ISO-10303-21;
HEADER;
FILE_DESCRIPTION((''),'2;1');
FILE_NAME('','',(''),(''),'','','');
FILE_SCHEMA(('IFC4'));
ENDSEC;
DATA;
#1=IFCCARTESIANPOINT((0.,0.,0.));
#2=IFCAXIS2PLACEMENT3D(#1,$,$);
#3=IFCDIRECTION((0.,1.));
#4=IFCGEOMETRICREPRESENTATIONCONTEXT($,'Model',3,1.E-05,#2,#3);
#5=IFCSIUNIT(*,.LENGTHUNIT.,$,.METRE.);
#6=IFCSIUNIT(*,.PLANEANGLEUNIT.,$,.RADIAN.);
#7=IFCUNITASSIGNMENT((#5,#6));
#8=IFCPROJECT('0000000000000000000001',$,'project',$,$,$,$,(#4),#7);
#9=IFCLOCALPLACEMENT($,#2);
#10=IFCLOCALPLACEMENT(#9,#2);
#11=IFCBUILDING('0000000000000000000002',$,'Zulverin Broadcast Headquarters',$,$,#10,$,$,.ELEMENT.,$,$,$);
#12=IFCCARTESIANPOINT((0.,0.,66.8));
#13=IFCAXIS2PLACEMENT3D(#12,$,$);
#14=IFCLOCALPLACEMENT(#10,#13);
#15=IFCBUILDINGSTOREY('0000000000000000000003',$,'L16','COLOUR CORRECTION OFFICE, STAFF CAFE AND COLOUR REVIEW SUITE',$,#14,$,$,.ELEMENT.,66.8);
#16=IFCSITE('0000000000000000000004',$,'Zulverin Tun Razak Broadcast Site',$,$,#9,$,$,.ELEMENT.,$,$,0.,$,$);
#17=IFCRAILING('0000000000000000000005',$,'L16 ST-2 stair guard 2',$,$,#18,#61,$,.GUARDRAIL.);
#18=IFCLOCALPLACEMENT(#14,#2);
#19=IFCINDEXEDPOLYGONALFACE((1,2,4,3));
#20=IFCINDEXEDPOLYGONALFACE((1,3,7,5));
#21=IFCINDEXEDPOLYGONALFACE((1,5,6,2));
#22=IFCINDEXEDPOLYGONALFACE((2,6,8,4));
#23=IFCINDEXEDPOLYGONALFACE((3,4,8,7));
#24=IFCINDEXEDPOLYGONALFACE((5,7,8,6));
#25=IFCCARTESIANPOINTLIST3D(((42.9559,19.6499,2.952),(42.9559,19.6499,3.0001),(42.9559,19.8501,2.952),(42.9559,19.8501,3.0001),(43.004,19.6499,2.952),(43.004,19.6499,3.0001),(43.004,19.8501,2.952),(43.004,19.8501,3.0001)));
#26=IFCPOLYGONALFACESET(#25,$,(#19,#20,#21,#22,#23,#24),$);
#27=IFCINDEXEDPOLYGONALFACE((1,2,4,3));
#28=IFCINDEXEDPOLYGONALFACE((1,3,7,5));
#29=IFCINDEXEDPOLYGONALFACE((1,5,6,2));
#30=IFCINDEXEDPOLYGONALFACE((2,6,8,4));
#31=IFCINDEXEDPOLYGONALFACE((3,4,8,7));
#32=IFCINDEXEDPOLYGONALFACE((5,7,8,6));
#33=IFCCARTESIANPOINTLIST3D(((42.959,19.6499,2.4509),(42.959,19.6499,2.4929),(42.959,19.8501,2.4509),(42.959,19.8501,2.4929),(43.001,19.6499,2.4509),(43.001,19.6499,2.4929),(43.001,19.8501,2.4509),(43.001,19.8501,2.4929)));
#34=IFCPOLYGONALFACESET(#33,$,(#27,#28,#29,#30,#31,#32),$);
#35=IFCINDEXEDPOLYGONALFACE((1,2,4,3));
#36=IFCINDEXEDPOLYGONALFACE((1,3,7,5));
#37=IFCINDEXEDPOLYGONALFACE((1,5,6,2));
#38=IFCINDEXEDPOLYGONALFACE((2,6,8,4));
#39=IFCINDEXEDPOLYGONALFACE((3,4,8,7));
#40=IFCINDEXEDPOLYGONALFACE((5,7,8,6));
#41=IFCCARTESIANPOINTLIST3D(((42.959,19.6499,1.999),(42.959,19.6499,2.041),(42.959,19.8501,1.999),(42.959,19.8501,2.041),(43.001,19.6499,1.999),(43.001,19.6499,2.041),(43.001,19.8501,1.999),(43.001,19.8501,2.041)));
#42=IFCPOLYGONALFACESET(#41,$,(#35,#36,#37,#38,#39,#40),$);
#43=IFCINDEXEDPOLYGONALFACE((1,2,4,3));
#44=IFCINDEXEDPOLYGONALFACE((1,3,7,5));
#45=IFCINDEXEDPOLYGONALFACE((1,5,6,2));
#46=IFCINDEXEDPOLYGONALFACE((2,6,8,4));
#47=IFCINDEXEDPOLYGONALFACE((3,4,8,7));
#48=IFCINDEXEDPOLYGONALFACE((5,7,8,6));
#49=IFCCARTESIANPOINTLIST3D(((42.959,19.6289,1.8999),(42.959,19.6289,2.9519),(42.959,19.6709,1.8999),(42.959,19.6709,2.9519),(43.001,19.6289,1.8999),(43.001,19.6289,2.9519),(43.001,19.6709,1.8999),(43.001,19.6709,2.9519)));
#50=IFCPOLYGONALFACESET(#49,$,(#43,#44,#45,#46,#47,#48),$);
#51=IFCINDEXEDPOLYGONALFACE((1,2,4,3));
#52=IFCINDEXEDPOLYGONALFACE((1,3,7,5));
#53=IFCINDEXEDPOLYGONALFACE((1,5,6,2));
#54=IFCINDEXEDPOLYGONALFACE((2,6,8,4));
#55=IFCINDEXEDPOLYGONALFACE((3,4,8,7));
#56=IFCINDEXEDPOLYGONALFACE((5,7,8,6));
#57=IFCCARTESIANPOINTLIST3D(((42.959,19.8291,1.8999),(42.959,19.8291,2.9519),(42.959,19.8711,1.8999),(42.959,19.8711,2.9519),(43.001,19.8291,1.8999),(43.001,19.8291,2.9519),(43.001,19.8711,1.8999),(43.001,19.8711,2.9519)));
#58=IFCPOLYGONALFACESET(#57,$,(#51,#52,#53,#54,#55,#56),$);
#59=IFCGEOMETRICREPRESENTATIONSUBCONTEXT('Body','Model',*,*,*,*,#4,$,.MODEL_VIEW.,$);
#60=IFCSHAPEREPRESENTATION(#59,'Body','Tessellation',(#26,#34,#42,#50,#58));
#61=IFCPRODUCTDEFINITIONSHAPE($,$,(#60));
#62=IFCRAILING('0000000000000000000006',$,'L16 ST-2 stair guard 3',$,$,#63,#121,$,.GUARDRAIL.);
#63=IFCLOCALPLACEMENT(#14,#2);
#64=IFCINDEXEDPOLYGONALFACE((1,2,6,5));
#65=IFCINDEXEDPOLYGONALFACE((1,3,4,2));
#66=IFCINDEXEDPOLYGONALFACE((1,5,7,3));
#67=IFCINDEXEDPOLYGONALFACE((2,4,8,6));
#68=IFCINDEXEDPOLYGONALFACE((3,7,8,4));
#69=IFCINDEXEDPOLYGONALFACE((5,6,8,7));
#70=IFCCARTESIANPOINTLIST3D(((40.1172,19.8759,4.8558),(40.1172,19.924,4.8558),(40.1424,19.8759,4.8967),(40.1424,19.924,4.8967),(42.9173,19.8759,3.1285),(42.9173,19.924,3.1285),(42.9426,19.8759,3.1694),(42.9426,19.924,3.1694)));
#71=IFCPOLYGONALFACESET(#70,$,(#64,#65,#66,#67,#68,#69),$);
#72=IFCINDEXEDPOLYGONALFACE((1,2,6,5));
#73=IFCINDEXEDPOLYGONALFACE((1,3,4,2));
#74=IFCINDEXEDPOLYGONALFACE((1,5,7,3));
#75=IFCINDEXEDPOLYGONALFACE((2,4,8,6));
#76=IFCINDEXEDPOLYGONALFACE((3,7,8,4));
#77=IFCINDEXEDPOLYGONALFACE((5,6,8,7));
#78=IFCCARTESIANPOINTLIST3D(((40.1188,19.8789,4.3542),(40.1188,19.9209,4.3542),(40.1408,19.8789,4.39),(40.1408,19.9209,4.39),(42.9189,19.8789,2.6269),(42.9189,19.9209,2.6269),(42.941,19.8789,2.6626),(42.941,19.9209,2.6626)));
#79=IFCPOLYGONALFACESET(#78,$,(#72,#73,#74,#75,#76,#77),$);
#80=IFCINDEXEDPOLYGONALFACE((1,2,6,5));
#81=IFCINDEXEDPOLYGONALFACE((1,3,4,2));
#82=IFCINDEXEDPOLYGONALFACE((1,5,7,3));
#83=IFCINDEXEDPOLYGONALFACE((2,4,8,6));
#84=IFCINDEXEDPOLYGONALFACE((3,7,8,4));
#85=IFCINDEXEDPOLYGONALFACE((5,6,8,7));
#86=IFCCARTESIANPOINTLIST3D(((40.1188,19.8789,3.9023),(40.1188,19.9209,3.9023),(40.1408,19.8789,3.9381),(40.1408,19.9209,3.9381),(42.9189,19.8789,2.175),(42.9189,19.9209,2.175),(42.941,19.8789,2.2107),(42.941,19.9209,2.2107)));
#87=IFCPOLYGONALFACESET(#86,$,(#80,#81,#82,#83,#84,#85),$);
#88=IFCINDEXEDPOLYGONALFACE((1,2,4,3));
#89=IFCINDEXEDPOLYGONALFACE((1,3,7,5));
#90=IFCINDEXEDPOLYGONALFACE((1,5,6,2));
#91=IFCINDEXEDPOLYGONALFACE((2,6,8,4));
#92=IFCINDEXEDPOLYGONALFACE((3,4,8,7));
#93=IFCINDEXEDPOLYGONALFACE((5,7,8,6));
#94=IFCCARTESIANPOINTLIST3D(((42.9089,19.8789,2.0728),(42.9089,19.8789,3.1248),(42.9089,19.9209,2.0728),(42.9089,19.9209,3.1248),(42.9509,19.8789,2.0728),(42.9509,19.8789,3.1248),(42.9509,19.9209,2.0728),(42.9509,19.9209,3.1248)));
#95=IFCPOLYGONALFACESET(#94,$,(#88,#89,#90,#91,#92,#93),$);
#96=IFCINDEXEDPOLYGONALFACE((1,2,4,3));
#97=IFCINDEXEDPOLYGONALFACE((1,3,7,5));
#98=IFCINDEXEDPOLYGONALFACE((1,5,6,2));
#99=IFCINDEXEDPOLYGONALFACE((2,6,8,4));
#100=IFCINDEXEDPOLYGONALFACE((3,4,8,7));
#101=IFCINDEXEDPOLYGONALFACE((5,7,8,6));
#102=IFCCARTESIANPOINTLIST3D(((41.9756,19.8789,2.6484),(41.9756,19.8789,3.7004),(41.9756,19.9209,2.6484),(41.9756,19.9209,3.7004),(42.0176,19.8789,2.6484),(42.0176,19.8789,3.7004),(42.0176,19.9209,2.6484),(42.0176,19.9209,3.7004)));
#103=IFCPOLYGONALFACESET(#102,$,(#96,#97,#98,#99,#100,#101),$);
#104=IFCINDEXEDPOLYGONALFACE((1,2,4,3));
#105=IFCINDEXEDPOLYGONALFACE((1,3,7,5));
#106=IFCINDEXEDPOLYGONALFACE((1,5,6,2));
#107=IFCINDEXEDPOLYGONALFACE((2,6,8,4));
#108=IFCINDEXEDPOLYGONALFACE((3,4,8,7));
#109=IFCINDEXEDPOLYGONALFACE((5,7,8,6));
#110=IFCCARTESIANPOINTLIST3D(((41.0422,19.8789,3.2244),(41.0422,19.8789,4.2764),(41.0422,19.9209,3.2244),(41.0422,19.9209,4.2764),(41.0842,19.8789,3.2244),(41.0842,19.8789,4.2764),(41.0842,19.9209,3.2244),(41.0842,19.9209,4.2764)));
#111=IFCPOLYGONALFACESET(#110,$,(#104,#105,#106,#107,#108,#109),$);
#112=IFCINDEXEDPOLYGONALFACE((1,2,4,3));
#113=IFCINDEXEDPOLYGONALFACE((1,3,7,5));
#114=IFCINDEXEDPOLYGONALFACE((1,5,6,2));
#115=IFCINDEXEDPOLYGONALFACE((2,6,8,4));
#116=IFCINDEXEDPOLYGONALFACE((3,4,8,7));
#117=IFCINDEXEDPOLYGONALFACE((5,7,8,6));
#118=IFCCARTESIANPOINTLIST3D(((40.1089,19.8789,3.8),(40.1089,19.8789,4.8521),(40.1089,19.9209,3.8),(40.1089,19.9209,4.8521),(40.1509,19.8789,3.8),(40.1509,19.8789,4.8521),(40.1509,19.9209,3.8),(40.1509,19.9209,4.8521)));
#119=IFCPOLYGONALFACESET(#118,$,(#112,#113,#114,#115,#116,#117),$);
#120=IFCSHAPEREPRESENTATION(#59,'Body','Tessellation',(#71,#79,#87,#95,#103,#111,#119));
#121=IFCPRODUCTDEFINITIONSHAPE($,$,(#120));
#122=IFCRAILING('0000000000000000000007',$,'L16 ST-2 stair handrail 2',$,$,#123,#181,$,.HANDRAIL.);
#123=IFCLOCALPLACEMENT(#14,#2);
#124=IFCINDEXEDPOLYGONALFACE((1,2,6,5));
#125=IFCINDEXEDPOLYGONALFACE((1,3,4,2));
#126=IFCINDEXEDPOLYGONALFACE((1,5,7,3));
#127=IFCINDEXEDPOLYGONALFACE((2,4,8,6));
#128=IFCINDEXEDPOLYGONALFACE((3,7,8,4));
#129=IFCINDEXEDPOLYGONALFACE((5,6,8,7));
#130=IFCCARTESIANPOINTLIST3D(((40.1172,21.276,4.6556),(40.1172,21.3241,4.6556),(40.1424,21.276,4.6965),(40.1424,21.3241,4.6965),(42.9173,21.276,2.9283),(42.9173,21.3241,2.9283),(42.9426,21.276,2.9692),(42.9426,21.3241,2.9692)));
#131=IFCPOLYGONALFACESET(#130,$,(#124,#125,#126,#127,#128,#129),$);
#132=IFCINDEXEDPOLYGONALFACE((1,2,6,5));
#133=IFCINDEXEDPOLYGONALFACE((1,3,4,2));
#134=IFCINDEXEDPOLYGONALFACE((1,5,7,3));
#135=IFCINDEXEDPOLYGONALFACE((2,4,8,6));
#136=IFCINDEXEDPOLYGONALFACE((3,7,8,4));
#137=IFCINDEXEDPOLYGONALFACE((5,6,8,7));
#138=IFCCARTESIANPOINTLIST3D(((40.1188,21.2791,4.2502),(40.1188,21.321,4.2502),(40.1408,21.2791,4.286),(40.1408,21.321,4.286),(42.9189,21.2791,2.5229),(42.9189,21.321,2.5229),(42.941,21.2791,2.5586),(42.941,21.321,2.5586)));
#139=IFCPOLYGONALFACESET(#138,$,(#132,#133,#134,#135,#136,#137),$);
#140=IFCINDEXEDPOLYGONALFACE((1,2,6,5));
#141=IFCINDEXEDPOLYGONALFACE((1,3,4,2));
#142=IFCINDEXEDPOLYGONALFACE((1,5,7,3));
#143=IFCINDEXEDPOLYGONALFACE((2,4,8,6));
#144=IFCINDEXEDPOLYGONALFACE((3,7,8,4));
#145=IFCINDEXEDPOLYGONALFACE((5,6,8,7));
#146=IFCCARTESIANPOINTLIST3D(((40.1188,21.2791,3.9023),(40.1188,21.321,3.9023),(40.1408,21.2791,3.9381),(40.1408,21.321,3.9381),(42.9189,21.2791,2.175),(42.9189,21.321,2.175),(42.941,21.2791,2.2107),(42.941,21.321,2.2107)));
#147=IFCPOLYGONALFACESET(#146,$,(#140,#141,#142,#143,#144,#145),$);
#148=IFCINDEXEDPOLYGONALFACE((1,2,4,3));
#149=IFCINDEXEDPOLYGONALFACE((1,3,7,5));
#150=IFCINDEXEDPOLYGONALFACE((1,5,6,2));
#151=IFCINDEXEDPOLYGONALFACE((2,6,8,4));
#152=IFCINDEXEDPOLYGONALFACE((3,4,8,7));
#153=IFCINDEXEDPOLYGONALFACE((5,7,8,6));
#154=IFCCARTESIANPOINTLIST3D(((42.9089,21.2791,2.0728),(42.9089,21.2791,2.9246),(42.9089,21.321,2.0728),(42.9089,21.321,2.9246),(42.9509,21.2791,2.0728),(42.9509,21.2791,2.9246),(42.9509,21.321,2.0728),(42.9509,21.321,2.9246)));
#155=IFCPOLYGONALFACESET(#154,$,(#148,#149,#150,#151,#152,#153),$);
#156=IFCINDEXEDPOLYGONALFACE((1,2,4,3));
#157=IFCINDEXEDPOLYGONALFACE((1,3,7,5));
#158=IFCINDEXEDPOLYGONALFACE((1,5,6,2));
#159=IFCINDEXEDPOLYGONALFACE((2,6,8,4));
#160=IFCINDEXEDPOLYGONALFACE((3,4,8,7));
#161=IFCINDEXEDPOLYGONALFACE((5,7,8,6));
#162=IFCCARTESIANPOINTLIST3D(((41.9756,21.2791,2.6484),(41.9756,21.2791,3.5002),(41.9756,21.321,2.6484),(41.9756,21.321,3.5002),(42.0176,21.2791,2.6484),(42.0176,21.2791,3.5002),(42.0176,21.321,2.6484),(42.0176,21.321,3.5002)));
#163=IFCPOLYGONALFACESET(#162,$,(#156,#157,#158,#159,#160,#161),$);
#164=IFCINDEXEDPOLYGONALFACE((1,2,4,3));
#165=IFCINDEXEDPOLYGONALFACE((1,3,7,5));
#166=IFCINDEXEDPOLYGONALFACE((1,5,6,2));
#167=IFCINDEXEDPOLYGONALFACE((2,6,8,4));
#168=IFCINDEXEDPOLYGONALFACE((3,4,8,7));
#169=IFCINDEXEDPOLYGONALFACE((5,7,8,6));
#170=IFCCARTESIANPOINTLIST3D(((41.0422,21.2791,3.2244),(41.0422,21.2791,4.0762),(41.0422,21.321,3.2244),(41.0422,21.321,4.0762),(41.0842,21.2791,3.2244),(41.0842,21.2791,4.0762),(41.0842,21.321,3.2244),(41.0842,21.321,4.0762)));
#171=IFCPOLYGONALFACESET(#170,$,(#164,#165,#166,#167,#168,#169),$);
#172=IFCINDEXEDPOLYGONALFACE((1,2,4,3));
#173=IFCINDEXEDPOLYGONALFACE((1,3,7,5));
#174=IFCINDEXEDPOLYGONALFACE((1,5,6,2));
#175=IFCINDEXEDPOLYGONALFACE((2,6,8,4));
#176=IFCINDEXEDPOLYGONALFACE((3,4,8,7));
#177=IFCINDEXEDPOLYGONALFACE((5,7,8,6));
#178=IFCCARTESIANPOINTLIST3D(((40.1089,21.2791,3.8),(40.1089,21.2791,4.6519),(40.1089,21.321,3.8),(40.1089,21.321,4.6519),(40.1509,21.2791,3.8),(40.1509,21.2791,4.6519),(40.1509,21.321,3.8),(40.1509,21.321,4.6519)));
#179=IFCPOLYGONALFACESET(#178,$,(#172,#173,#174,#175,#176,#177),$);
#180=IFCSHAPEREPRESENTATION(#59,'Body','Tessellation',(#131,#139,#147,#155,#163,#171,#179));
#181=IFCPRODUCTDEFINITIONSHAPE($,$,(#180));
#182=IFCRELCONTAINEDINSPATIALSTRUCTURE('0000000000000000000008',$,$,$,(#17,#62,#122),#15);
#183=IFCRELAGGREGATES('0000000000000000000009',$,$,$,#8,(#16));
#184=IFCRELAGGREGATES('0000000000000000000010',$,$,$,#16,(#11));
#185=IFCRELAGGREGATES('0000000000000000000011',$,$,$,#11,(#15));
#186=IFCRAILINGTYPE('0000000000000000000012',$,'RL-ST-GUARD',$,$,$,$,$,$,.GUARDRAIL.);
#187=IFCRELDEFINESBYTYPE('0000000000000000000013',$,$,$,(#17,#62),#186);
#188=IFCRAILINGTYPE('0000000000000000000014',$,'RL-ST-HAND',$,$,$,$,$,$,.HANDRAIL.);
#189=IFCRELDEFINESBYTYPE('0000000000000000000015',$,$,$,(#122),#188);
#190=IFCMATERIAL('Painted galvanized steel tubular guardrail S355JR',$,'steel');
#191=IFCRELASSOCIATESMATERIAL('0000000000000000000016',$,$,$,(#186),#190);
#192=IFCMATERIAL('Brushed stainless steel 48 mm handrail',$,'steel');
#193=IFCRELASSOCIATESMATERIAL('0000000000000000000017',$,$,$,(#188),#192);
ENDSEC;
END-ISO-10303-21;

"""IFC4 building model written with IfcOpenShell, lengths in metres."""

from ifc_helpers import new_model, si_unit, direction, frame, origin, origin_2d, place, context, subcontext, project, spatial, rectangle, extrude, material, type_object, element, save


model = new_model("IFC4")

# Units and contexts
model_context = context("Model", 3, precision=1e-05, world=origin(), true_north=direction((0.0, 1.0)))
body_context = subcontext(model_context, "Body", "Model", "MODEL_VIEW")
ifc_project = project(units=[si_unit("LENGTHUNIT", "METRE"), si_unit("PLANEANGLEUNIT", "RADIAN")], contexts=[model_context])

# Site, building, storey
site_placement = place(None, origin())
site = spatial("IfcSite", under=ifc_project, at=site_placement, Name="Zulverin Tun Razak Broadcast Site", CompositionType="ELEMENT", RefElevation=0.0)
building_placement = place(site_placement, origin())
building = spatial("IfcBuilding", under=site, at=building_placement, Name="Zulverin Broadcast Headquarters", CompositionType="ELEMENT")
storey_placement = place(building_placement, frame((0.0, 0.0, 66.8)))
storey = spatial("IfcBuildingStorey", under=building, at=storey_placement, Name="L16", Description="COLOUR CORRECTION OFFICE, STAFF CAFE AND COLOUR REVIEW SUITE", CompositionType="ELEMENT", Elevation=66.8)

# Railings
ifc_material_1 = material(Name="Painted galvanized steel tubular guardrail S355JR", Category="steel")
railing_type_1 = type_object("IfcRailingType", Name="RL-ST-GUARD", PredefinedType="GUARDRAIL", material=ifc_material_1)
railing_1_placement = place(storey_placement, frame((42.98, 19.6499, 1.8999)))
element("IfcRailing", 1, at=railing_1_placement, inside=storey, type_object=railing_type_1, Name="L16 ST-2 stair guard 2", PredefinedType="GUARDRAIL", context=body_context, shape_type="SweptSolid", body=[
    extrude(rectangle(XDim=0.0481, YDim=0.0481, at=origin_2d()), frame((0.0, 0.0, 1.0762), z_axis=(0.0, 1.0, 0.0), x_axis=(-1.0, 0.0, 0.0)), (0.0, 0.0, 1.0), 0.2002),
    extrude(rectangle(XDim=0.042, YDim=0.042, at=origin_2d()), frame((0.0, 0.0, 0.572), z_axis=(0.0, 1.0, 0.0), x_axis=(-1.0, 0.0, 0.0)), (0.0, 0.0, 1.0), 0.2002),
    extrude(rectangle(XDim=0.042, YDim=0.042, at=origin_2d()), frame((0.0, 0.0, 0.1201), z_axis=(0.0, 1.0, 0.0), x_axis=(-1.0, 0.0, 0.0)), (0.0, 0.0, 1.0), 0.2002),
    extrude(rectangle(XDim=0.042, YDim=0.042, at=origin_2d()), origin(), (0.0, 0.0, 1.0), 1.052),
    extrude(rectangle(XDim=0.042, YDim=0.042, at=origin_2d()), frame((0.0, 0.2002, 0.0)), (0.0, 0.0, 1.0), 1.052),
])
railing_2_placement = place(storey_placement, frame((42.9299, 19.8999, 2.0728)))
element("IfcRailing", 2, at=railing_2_placement, inside=storey, type_object=railing_type_1, Name="L16 ST-2 stair guard 3", PredefinedType="GUARDRAIL", context=body_context, shape_type="SweptSolid", body=[
    extrude(rectangle(XDim=0.0481, YDim=0.0481, at=origin_2d()), frame((0.0, 0.0, 1.0762), z_axis=(-0.85109, 0.0, 0.52502), x_axis=(0.0, -1.0, 0.0)), (0.0, 0.0, 1.0), 3.29),
    extrude(rectangle(XDim=0.042, YDim=0.042, at=origin_2d()), frame((0.0, 0.0, 0.572), z_axis=(-0.85109, 0.0, 0.52502), x_axis=(0.0, -1.0, 0.0)), (0.0, 0.0, 1.0), 3.29),
    extrude(rectangle(XDim=0.042, YDim=0.042, at=origin_2d()), frame((0.0, 0.0, 0.1201), z_axis=(-0.85109, 0.0, 0.52502), x_axis=(0.0, -1.0, 0.0)), (0.0, 0.0, 1.0), 3.29),
    extrude(rectangle(XDim=0.042, YDim=0.042, at=origin_2d()), origin(), (0.0, 0.0, 1.0), 1.052),
    extrude(rectangle(XDim=0.042, YDim=0.042, at=origin_2d()), frame((-0.9333, 0.0, 0.5757)), (0.0, 0.0, 1.0), 1.052),
    extrude(rectangle(XDim=0.042, YDim=0.042, at=origin_2d()), frame((-1.8667, 0.0, 1.1516)), (0.0, 0.0, 1.0), 1.052),
    extrude(rectangle(XDim=0.042, YDim=0.042, at=origin_2d()), frame((-2.8, 0.0, 1.7273)), (0.0, 0.0, 1.0), 1.052),
])
ifc_material_2 = material(Name="Brushed stainless steel 48 mm handrail", Category="steel")
railing_type_2 = type_object("IfcRailingType", Name="RL-ST-HAND", PredefinedType="HANDRAIL", material=ifc_material_2)
railing_3_placement = place(storey_placement, frame((42.9299, 21.3, 2.0728)))
element("IfcRailing", 3, at=railing_3_placement, inside=storey, type_object=railing_type_2, Name="L16 ST-2 stair handrail 2", PredefinedType="HANDRAIL", context=body_context, shape_type="SweptSolid", body=[
    extrude(rectangle(XDim=0.0481, YDim=0.0481, at=origin_2d()), frame((0.0, 0.0, 0.876), z_axis=(-0.85109, 0.0, 0.52502), x_axis=(0.0, -1.0, 0.0)), (0.0, 0.0, 1.0), 3.29),
    extrude(rectangle(XDim=0.042, YDim=0.042, at=origin_2d()), frame((0.0, 0.0, 0.468), z_axis=(-0.85109, 0.0, 0.52502), x_axis=(0.0, -1.0, 0.0)), (0.0, 0.0, 1.0), 3.29),
    extrude(rectangle(XDim=0.042, YDim=0.042, at=origin_2d()), frame((0.0, 0.0, 0.1201), z_axis=(-0.85109, 0.0, 0.52502), x_axis=(0.0, -1.0, 0.0)), (0.0, 0.0, 1.0), 3.29),
    extrude(rectangle(XDim=0.042, YDim=0.042, at=origin_2d()), origin(), (0.0, 0.0, 1.0), 0.8518),
    extrude(rectangle(XDim=0.042, YDim=0.042, at=origin_2d()), frame((-0.9333, 0.0, 0.5757)), (0.0, 0.0, 1.0), 0.8518),
    extrude(rectangle(XDim=0.042, YDim=0.042, at=origin_2d()), frame((-1.8667, 0.0, 1.1516)), (0.0, 0.0, 1.0), 0.8518),
    extrude(rectangle(XDim=0.042, YDim=0.042, at=origin_2d()), frame((-2.8, 0.0, 1.7273)), (0.0, 0.0, 1.0), 0.8518),
])

save(model, "model.ifc")
